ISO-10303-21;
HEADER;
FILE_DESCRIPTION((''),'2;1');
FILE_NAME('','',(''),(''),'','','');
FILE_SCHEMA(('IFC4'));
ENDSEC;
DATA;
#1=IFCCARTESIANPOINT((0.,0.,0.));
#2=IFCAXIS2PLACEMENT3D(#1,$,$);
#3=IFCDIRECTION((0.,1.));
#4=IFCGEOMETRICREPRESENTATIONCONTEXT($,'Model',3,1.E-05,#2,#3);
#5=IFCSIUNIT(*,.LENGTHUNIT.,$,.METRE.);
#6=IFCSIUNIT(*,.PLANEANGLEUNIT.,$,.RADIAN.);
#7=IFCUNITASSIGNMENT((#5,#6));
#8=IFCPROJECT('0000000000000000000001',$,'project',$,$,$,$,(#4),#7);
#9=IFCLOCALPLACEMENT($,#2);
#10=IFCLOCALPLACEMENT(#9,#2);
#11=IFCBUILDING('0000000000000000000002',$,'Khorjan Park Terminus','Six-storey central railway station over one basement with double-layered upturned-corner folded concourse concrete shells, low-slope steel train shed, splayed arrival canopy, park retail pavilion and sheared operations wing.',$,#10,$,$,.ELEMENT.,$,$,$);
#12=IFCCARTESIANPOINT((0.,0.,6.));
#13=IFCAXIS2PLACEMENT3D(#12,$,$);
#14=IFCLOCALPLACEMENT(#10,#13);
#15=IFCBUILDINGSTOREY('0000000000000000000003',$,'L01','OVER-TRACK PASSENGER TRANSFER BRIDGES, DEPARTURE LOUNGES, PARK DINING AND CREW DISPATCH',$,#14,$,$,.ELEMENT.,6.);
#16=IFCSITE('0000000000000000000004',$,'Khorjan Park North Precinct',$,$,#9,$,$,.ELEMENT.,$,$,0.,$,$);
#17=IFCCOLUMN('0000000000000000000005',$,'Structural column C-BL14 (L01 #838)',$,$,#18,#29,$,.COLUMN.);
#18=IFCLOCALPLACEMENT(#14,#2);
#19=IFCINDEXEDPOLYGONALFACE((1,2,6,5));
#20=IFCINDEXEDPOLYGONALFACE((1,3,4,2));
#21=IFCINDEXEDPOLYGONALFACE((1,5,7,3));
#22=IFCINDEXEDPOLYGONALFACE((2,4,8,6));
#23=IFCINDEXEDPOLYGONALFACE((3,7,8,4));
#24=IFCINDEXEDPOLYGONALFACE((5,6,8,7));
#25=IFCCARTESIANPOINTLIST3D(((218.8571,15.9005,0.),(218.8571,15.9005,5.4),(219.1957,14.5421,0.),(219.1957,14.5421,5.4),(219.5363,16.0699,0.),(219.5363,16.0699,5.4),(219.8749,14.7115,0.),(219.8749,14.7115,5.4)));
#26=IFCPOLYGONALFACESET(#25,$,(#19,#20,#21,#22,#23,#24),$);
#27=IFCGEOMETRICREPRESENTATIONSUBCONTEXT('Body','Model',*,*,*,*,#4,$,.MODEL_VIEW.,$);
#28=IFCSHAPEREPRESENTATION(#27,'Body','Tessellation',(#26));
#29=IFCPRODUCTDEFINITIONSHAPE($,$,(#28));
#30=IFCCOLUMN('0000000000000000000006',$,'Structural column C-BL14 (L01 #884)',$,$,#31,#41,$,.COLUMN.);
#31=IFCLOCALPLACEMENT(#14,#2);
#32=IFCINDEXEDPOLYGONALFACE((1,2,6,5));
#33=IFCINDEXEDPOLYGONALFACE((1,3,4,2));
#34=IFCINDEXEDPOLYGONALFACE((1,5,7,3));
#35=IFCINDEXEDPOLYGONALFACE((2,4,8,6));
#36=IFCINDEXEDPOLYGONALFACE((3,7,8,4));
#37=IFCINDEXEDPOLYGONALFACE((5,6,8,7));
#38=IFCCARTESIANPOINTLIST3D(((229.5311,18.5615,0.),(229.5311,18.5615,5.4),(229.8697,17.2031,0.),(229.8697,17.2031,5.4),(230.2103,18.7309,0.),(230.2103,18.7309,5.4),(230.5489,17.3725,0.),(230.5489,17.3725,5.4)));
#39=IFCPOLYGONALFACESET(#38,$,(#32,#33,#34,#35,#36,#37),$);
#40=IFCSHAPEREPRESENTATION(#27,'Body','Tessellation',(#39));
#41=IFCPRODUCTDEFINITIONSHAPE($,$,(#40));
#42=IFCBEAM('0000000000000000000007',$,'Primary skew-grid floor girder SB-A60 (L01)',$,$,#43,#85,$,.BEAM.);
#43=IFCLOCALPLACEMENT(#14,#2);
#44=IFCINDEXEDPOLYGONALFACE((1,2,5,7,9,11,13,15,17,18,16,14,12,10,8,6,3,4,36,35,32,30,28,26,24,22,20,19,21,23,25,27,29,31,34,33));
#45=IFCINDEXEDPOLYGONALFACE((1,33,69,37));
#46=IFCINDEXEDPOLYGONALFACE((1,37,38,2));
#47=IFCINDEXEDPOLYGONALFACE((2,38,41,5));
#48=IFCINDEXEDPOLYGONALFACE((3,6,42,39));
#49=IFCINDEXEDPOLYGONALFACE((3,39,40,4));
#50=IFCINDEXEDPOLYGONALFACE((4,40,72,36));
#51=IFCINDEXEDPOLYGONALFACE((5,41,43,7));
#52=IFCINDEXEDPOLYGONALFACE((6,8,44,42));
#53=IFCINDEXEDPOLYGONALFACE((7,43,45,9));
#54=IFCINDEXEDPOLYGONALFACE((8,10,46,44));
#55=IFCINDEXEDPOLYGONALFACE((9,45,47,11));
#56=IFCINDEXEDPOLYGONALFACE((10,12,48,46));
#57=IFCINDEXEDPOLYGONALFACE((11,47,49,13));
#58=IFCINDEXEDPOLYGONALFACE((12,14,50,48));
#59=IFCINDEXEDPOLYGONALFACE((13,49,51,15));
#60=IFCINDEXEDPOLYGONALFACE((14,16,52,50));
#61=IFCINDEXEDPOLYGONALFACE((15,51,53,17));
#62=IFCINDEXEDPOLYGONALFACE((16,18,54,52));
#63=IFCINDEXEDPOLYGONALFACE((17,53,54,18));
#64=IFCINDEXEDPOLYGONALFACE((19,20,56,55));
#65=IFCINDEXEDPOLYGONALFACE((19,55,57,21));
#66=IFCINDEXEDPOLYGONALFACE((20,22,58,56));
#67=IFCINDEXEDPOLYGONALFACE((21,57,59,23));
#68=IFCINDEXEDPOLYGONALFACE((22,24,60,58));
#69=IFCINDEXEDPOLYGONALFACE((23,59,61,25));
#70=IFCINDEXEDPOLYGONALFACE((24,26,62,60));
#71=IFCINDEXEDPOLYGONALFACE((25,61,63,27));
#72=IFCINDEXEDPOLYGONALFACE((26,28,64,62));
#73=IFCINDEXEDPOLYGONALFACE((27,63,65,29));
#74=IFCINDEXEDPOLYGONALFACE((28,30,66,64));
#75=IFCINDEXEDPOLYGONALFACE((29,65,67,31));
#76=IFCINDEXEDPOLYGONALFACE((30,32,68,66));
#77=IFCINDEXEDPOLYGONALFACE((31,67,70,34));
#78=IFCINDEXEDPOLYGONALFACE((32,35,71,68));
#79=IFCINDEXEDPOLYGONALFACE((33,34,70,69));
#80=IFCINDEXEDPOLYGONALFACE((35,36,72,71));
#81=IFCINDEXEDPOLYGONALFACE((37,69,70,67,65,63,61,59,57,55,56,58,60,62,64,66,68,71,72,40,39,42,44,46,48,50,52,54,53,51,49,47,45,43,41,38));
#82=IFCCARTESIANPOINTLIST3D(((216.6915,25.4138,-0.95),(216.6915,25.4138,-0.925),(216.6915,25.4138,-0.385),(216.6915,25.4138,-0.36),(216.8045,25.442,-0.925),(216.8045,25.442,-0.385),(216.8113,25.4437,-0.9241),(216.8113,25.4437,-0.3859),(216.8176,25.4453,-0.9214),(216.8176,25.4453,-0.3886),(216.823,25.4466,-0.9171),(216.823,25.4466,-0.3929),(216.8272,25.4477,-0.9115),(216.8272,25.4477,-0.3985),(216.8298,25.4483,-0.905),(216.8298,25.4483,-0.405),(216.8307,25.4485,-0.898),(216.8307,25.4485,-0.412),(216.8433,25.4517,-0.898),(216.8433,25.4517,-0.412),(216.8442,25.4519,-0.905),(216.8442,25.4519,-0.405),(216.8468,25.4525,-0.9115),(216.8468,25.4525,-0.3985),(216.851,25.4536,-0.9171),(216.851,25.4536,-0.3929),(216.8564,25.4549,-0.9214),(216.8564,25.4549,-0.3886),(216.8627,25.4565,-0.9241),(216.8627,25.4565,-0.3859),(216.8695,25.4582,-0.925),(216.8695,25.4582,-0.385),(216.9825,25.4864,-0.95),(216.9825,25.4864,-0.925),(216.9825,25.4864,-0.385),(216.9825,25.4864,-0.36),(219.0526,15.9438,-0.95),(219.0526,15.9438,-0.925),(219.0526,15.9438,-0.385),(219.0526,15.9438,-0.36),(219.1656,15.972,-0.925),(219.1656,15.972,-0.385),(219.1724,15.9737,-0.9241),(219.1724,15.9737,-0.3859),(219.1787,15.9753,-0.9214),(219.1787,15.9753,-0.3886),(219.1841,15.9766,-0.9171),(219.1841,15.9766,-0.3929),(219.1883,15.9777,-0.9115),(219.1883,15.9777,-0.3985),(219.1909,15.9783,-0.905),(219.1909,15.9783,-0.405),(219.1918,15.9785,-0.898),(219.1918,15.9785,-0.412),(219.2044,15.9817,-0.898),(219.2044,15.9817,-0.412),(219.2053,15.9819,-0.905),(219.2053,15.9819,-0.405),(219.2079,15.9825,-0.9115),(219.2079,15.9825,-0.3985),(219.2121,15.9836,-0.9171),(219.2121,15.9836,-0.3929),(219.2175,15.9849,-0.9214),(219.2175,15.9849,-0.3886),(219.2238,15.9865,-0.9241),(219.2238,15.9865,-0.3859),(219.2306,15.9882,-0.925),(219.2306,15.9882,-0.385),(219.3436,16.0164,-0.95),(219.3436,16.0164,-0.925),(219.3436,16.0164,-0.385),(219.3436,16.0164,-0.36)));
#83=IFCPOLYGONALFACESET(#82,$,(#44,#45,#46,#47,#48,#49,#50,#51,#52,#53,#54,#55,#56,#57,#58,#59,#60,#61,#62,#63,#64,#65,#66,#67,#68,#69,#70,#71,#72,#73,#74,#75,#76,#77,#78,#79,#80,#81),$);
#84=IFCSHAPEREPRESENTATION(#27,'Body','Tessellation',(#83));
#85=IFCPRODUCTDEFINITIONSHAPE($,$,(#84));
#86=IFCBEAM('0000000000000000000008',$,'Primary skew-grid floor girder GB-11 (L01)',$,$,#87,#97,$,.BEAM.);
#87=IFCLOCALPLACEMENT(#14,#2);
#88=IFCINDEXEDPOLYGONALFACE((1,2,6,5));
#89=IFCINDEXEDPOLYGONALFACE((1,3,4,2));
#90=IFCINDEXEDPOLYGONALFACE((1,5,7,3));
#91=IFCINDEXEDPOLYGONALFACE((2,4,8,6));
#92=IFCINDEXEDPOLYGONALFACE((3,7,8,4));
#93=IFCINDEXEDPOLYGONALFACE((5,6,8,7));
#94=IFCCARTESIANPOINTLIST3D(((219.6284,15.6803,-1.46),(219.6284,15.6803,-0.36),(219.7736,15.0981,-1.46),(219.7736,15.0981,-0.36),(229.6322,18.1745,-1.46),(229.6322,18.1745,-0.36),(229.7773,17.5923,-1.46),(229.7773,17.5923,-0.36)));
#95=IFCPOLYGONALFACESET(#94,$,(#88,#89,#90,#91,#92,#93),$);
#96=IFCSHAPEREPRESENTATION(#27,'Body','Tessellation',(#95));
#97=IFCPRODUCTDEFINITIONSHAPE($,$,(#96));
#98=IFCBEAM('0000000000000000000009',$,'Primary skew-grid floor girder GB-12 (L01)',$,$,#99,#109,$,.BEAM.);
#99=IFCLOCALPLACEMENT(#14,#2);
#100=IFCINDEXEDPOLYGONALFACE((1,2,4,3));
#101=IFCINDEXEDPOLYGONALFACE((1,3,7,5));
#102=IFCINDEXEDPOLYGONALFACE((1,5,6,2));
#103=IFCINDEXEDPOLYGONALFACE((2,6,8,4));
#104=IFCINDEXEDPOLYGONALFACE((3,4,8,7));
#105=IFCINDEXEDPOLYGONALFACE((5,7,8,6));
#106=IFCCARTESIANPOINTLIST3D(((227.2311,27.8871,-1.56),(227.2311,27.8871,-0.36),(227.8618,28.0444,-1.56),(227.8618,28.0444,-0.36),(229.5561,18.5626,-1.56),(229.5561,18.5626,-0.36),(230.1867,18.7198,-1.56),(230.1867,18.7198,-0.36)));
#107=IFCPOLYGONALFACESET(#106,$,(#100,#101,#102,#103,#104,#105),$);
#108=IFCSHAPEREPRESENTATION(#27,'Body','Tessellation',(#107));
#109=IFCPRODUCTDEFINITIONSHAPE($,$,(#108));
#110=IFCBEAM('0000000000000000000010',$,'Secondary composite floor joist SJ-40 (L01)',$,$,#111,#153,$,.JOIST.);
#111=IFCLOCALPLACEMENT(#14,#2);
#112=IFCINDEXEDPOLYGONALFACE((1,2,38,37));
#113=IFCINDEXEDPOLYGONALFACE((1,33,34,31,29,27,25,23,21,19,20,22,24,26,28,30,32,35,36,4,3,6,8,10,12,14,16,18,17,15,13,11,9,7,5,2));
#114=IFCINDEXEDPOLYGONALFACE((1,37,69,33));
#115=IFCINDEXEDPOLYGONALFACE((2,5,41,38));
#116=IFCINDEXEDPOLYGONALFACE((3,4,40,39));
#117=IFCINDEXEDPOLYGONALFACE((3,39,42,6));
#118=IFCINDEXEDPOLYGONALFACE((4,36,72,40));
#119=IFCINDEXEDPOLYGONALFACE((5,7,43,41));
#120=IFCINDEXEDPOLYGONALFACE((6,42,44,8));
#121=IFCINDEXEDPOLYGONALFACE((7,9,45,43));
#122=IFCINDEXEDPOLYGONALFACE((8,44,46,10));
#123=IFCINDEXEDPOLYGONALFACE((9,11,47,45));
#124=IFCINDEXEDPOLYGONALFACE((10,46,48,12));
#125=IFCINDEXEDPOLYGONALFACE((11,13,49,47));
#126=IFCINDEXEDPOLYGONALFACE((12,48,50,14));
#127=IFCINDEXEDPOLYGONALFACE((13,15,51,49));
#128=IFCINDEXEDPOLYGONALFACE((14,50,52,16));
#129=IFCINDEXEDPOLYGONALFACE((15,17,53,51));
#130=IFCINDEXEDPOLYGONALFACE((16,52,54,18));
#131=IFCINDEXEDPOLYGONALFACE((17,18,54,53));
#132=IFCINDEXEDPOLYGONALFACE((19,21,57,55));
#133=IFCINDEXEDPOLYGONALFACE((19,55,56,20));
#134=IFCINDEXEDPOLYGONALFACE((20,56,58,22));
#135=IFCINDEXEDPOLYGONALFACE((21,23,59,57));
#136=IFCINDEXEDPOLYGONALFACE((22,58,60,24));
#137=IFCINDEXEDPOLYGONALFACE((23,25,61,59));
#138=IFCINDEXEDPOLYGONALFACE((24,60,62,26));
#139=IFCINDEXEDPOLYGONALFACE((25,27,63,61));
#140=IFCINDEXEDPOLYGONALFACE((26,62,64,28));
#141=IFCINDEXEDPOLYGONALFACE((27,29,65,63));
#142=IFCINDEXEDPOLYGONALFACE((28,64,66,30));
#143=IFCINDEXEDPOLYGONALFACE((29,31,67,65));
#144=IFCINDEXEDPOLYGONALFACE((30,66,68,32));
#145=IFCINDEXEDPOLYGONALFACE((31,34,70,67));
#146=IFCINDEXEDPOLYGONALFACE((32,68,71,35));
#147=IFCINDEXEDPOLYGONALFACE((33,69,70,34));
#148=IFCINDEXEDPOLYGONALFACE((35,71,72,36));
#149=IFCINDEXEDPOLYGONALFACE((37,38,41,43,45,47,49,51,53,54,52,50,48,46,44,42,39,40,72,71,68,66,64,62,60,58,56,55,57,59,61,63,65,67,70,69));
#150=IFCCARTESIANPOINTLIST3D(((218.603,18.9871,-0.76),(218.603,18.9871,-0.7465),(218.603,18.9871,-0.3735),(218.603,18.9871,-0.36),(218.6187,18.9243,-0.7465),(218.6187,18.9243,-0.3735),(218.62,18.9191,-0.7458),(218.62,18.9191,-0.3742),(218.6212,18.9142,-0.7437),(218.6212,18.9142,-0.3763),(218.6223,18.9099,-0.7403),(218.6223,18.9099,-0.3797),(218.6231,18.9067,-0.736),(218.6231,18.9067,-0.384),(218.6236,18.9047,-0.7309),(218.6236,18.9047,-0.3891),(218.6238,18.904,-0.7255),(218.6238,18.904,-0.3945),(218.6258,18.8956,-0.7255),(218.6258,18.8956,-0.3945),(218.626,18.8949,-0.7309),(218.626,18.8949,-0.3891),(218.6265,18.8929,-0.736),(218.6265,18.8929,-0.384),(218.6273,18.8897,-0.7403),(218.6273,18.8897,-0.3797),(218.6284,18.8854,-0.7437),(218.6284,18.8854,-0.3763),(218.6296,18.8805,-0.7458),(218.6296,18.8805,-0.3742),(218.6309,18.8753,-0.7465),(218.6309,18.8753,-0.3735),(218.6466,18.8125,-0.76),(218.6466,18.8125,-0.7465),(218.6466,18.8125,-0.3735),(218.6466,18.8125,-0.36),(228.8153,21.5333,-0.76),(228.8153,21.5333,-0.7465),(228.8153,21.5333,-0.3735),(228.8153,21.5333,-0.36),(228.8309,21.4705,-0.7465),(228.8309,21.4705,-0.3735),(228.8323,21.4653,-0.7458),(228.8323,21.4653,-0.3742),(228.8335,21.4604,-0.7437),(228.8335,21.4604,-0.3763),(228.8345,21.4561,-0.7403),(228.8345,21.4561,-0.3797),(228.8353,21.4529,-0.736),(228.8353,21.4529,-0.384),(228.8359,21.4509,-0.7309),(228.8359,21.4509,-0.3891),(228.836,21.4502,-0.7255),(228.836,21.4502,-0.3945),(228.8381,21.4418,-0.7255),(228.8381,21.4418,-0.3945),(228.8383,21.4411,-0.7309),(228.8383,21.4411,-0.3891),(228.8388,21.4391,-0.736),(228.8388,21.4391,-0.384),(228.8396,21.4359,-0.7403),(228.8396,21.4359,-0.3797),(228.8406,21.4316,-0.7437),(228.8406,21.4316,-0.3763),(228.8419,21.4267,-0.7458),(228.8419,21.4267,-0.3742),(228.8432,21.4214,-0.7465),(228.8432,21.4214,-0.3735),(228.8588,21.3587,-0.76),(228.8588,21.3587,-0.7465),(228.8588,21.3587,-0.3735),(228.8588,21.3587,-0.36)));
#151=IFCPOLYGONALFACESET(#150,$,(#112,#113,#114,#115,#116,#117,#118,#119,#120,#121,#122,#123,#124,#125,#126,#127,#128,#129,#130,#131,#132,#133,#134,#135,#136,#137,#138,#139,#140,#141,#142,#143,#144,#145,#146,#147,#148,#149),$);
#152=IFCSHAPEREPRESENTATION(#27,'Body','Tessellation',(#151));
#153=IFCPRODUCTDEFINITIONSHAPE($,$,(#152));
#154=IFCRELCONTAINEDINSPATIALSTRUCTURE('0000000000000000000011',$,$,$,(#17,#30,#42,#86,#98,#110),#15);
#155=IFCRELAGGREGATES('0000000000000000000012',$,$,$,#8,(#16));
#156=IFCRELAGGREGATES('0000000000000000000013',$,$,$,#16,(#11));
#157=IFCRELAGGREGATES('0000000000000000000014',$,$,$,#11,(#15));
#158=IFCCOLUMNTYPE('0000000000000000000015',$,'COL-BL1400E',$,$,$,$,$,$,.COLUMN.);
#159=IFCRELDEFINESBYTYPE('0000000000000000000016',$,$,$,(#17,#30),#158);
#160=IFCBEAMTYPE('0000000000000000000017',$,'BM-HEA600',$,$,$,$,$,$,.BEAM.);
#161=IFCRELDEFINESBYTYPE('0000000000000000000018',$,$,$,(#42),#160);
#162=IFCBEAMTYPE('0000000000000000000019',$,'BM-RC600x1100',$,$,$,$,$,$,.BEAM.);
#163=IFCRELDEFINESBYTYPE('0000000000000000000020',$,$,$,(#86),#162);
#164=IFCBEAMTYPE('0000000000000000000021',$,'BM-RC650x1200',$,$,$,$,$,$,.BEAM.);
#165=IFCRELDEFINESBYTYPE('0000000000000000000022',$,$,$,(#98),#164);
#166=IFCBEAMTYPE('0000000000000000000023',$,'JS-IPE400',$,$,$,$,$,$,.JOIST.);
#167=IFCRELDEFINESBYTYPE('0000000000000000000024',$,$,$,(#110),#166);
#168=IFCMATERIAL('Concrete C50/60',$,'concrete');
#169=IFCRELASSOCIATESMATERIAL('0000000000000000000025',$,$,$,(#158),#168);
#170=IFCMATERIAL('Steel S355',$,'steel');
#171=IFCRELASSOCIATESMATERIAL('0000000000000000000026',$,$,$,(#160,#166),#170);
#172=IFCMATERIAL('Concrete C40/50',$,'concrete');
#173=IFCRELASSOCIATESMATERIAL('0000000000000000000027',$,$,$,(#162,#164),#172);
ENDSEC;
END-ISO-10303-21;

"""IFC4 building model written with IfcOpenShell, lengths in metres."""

from ifc_helpers import new_model, si_unit, direction, frame, origin, origin_2d, place, context, subcontext, project, spatial, rectangle, i_section, extrude, material, material_profile, profile_set, type_object, element, save


model = new_model("IFC4")

# Units and contexts
model_context = context("Model", 3, precision=1e-05, world=origin(), true_north=direction((0.0, 1.0)))
body_context = subcontext(model_context, "Body", "Model", "MODEL_VIEW")
ifc_project = project(units=[si_unit("LENGTHUNIT", "METRE"), si_unit("PLANEANGLEUNIT", "RADIAN")], contexts=[model_context])

# Site, building, storey
site_placement = place(None, origin())
site = spatial("IfcSite", under=ifc_project, at=site_placement, Name="Khorjan Park North Precinct", CompositionType="ELEMENT", RefElevation=0.0)
building_placement = place(site_placement, origin())
building = spatial("IfcBuilding", under=site, at=building_placement, Name="Khorjan Park Terminus", Description="Six-storey central railway station over one basement with double-layered upturned-corner folded concourse concrete shells, low-slope steel train shed, splayed arrival canopy, park retail pavilion and sheared operations wing.", CompositionType="ELEMENT")
storey_placement = place(building_placement, frame((0.0, 0.0, 6.0)))
storey = spatial("IfcBuildingStorey", under=building, at=storey_placement, Name="L01", Description="OVER-TRACK PASSENGER TRANSFER BRIDGES, DEPARTURE LOUNGES, PARK DINING AND CREW DISPATCH", CompositionType="ELEMENT", Elevation=6.0)

# Columns
ifc_material_1 = material(Name="Concrete C50/60", Category="concrete")
ifc_material_profile_1 = material_profile(ifc_material_1, rectangle(XDim=0.7, YDim=1.4, at=origin_2d()), Name="RC 700x1400")
ifc_profile_set_1 = profile_set([ifc_material_profile_1], Name="Concrete C50/60")
column_type = type_object("IfcColumnType", Name="COL-BL1400E", PredefinedType="COLUMN", material=ifc_profile_set_1)
for number, where, z_axis, x_axis, name in (
    (1, (219.366, 15.306, 0.0), (0.0, 0.0, 1.0), (0.970296, 0.241922, 0.0), "Structural column C-BL14 (L01 #838)"),
    (2, (230.04, 17.967, 0.0), (0.0, 0.0, 1.0), (0.970296, 0.241922, 0.0), "Structural column C-BL14 (L01 #884)"),
):
    element("IfcColumn", number, at=place(storey_placement, frame(where, z_axis=z_axis, x_axis=x_axis)), inside=storey, type_object=column_type, Name=name, PredefinedType="COLUMN", context=body_context, shape_type="SweptSolid", body=[
        extrude(rectangle(XDim=0.7, YDim=1.4, at=origin_2d()), origin(), (0.0, 0.0, 1.0), 5.4),
    ])

# Beams
ifc_material_2 = material(Name="Steel S355", Category="steel")
ifc_material_profile_2 = material_profile(ifc_material_2, i_section(OverallWidth=0.3, OverallDepth=0.59, WebThickness=0.013, FlangeThickness=0.025, FilletRadius=0.027, at=origin_2d()), Name="HEA 600")
ifc_profile_set_2 = profile_set([ifc_material_profile_2], Name="Steel S355")
beam_type_1 = type_object("IfcBeamType", Name="BM-HEA600", PredefinedType="BEAM", material=ifc_profile_set_2)
beam_1_placement = place(storey_placement, frame((219.1981, 15.9801, -0.655), z_axis=(-0.241918, 0.970297, 0.0), x_axis=(-0.970297, -0.241918, 0.0)))
element("IfcBeam", 3, at=beam_1_placement, inside=storey, type_object=beam_type_1, Name="Primary skew-grid floor girder SB-A60 (L01)", PredefinedType="BEAM", context=body_context, shape_type="SweptSolid", body=[
    extrude(i_section(OverallWidth=0.3, OverallDepth=0.59, WebThickness=0.013, FlangeThickness=0.025, FilletRadius=0.027, at=origin_2d()), origin(), (0.0, 0.0, 1.0), 9.7599),
])
ifc_material_3 = material(Name="Concrete C40/50", Category="concrete")
ifc_material_profile_3 = material_profile(ifc_material_3, rectangle(XDim=0.6, YDim=1.1, at=origin_2d()), Name="RC 600x1100")
ifc_profile_set_3 = profile_set([ifc_material_profile_3], Name="Concrete C40/50")
beam_type_2 = type_object("IfcBeamType", Name="BM-RC600x1100", PredefinedType="BEAM", material=ifc_profile_set_3)
beam_2_placement = place(storey_placement, frame((219.701, 15.3892, -0.91), z_axis=(0.970296, 0.241919, 0.0), x_axis=(-0.241919, 0.970296, 0.0)))
element("IfcBeam", 4, at=beam_2_placement, inside=storey, type_object=beam_type_2, Name="Primary skew-grid floor girder GB-11 (L01)", PredefinedType="BEAM", context=body_context, shape_type="SweptSolid", body=[
    extrude(rectangle(XDim=0.6, YDim=1.1, at=origin_2d()), origin(), (0.0, 0.0, 1.0), 10.31),
])
ifc_material_profile_4 = material_profile(ifc_material_3, rectangle(XDim=0.65, YDim=1.2, at=origin_2d()), Name="RC 650x1200")
ifc_profile_set_4 = profile_set([ifc_material_profile_4], Name="Concrete C40/50")
beam_type_3 = type_object("IfcBeamType", Name="BM-RC650x1200", PredefinedType="BEAM", material=ifc_profile_set_4)
beam_3_placement = place(storey_placement, frame((229.8714, 18.6412, -0.96), z_axis=(-0.241926, 0.970295, 0.0), x_axis=(-0.970295, -0.241926, 0.0)))
element("IfcBeam", 5, at=beam_3_placement, inside=storey, type_object=beam_type_3, Name="Primary skew-grid floor girder GB-12 (L01)", PredefinedType="BEAM", context=body_context, shape_type="SweptSolid", body=[
    extrude(rectangle(XDim=0.65, YDim=1.2, at=origin_2d()), origin(), (0.0, 0.0, 1.0), 9.61),
])
ifc_material_profile_5 = material_profile(ifc_material_2, i_section(OverallWidth=0.18, OverallDepth=0.4, WebThickness=0.0086, FlangeThickness=0.0135, FilletRadius=0.021, at=origin_2d()), Name="IPE 400")
ifc_profile_set_5 = profile_set([ifc_material_profile_5], Name="Steel S355")
beam_type_4 = type_object("IfcBeamType", Name="JS-IPE400", PredefinedType="JOIST", material=ifc_profile_set_5)
beam_4_placement = place(storey_placement, frame((218.6248, 18.8998, -0.56), z_axis=(0.970296, 0.241921, 0.0), x_axis=(-0.241921, 0.970296, 0.0)))
element("IfcBeam", 6, at=beam_4_placement, inside=storey, type_object=beam_type_4, Name="Secondary composite floor joist SJ-40 (L01)", PredefinedType="JOIST", context=body_context, shape_type="SweptSolid", body=[
    extrude(i_section(OverallWidth=0.18, OverallDepth=0.4, WebThickness=0.0086, FlangeThickness=0.0135, FilletRadius=0.021, at=origin_2d()), origin(), (0.0, 0.0, 1.0), 10.5249),
])

save(model, "model.ifc")
